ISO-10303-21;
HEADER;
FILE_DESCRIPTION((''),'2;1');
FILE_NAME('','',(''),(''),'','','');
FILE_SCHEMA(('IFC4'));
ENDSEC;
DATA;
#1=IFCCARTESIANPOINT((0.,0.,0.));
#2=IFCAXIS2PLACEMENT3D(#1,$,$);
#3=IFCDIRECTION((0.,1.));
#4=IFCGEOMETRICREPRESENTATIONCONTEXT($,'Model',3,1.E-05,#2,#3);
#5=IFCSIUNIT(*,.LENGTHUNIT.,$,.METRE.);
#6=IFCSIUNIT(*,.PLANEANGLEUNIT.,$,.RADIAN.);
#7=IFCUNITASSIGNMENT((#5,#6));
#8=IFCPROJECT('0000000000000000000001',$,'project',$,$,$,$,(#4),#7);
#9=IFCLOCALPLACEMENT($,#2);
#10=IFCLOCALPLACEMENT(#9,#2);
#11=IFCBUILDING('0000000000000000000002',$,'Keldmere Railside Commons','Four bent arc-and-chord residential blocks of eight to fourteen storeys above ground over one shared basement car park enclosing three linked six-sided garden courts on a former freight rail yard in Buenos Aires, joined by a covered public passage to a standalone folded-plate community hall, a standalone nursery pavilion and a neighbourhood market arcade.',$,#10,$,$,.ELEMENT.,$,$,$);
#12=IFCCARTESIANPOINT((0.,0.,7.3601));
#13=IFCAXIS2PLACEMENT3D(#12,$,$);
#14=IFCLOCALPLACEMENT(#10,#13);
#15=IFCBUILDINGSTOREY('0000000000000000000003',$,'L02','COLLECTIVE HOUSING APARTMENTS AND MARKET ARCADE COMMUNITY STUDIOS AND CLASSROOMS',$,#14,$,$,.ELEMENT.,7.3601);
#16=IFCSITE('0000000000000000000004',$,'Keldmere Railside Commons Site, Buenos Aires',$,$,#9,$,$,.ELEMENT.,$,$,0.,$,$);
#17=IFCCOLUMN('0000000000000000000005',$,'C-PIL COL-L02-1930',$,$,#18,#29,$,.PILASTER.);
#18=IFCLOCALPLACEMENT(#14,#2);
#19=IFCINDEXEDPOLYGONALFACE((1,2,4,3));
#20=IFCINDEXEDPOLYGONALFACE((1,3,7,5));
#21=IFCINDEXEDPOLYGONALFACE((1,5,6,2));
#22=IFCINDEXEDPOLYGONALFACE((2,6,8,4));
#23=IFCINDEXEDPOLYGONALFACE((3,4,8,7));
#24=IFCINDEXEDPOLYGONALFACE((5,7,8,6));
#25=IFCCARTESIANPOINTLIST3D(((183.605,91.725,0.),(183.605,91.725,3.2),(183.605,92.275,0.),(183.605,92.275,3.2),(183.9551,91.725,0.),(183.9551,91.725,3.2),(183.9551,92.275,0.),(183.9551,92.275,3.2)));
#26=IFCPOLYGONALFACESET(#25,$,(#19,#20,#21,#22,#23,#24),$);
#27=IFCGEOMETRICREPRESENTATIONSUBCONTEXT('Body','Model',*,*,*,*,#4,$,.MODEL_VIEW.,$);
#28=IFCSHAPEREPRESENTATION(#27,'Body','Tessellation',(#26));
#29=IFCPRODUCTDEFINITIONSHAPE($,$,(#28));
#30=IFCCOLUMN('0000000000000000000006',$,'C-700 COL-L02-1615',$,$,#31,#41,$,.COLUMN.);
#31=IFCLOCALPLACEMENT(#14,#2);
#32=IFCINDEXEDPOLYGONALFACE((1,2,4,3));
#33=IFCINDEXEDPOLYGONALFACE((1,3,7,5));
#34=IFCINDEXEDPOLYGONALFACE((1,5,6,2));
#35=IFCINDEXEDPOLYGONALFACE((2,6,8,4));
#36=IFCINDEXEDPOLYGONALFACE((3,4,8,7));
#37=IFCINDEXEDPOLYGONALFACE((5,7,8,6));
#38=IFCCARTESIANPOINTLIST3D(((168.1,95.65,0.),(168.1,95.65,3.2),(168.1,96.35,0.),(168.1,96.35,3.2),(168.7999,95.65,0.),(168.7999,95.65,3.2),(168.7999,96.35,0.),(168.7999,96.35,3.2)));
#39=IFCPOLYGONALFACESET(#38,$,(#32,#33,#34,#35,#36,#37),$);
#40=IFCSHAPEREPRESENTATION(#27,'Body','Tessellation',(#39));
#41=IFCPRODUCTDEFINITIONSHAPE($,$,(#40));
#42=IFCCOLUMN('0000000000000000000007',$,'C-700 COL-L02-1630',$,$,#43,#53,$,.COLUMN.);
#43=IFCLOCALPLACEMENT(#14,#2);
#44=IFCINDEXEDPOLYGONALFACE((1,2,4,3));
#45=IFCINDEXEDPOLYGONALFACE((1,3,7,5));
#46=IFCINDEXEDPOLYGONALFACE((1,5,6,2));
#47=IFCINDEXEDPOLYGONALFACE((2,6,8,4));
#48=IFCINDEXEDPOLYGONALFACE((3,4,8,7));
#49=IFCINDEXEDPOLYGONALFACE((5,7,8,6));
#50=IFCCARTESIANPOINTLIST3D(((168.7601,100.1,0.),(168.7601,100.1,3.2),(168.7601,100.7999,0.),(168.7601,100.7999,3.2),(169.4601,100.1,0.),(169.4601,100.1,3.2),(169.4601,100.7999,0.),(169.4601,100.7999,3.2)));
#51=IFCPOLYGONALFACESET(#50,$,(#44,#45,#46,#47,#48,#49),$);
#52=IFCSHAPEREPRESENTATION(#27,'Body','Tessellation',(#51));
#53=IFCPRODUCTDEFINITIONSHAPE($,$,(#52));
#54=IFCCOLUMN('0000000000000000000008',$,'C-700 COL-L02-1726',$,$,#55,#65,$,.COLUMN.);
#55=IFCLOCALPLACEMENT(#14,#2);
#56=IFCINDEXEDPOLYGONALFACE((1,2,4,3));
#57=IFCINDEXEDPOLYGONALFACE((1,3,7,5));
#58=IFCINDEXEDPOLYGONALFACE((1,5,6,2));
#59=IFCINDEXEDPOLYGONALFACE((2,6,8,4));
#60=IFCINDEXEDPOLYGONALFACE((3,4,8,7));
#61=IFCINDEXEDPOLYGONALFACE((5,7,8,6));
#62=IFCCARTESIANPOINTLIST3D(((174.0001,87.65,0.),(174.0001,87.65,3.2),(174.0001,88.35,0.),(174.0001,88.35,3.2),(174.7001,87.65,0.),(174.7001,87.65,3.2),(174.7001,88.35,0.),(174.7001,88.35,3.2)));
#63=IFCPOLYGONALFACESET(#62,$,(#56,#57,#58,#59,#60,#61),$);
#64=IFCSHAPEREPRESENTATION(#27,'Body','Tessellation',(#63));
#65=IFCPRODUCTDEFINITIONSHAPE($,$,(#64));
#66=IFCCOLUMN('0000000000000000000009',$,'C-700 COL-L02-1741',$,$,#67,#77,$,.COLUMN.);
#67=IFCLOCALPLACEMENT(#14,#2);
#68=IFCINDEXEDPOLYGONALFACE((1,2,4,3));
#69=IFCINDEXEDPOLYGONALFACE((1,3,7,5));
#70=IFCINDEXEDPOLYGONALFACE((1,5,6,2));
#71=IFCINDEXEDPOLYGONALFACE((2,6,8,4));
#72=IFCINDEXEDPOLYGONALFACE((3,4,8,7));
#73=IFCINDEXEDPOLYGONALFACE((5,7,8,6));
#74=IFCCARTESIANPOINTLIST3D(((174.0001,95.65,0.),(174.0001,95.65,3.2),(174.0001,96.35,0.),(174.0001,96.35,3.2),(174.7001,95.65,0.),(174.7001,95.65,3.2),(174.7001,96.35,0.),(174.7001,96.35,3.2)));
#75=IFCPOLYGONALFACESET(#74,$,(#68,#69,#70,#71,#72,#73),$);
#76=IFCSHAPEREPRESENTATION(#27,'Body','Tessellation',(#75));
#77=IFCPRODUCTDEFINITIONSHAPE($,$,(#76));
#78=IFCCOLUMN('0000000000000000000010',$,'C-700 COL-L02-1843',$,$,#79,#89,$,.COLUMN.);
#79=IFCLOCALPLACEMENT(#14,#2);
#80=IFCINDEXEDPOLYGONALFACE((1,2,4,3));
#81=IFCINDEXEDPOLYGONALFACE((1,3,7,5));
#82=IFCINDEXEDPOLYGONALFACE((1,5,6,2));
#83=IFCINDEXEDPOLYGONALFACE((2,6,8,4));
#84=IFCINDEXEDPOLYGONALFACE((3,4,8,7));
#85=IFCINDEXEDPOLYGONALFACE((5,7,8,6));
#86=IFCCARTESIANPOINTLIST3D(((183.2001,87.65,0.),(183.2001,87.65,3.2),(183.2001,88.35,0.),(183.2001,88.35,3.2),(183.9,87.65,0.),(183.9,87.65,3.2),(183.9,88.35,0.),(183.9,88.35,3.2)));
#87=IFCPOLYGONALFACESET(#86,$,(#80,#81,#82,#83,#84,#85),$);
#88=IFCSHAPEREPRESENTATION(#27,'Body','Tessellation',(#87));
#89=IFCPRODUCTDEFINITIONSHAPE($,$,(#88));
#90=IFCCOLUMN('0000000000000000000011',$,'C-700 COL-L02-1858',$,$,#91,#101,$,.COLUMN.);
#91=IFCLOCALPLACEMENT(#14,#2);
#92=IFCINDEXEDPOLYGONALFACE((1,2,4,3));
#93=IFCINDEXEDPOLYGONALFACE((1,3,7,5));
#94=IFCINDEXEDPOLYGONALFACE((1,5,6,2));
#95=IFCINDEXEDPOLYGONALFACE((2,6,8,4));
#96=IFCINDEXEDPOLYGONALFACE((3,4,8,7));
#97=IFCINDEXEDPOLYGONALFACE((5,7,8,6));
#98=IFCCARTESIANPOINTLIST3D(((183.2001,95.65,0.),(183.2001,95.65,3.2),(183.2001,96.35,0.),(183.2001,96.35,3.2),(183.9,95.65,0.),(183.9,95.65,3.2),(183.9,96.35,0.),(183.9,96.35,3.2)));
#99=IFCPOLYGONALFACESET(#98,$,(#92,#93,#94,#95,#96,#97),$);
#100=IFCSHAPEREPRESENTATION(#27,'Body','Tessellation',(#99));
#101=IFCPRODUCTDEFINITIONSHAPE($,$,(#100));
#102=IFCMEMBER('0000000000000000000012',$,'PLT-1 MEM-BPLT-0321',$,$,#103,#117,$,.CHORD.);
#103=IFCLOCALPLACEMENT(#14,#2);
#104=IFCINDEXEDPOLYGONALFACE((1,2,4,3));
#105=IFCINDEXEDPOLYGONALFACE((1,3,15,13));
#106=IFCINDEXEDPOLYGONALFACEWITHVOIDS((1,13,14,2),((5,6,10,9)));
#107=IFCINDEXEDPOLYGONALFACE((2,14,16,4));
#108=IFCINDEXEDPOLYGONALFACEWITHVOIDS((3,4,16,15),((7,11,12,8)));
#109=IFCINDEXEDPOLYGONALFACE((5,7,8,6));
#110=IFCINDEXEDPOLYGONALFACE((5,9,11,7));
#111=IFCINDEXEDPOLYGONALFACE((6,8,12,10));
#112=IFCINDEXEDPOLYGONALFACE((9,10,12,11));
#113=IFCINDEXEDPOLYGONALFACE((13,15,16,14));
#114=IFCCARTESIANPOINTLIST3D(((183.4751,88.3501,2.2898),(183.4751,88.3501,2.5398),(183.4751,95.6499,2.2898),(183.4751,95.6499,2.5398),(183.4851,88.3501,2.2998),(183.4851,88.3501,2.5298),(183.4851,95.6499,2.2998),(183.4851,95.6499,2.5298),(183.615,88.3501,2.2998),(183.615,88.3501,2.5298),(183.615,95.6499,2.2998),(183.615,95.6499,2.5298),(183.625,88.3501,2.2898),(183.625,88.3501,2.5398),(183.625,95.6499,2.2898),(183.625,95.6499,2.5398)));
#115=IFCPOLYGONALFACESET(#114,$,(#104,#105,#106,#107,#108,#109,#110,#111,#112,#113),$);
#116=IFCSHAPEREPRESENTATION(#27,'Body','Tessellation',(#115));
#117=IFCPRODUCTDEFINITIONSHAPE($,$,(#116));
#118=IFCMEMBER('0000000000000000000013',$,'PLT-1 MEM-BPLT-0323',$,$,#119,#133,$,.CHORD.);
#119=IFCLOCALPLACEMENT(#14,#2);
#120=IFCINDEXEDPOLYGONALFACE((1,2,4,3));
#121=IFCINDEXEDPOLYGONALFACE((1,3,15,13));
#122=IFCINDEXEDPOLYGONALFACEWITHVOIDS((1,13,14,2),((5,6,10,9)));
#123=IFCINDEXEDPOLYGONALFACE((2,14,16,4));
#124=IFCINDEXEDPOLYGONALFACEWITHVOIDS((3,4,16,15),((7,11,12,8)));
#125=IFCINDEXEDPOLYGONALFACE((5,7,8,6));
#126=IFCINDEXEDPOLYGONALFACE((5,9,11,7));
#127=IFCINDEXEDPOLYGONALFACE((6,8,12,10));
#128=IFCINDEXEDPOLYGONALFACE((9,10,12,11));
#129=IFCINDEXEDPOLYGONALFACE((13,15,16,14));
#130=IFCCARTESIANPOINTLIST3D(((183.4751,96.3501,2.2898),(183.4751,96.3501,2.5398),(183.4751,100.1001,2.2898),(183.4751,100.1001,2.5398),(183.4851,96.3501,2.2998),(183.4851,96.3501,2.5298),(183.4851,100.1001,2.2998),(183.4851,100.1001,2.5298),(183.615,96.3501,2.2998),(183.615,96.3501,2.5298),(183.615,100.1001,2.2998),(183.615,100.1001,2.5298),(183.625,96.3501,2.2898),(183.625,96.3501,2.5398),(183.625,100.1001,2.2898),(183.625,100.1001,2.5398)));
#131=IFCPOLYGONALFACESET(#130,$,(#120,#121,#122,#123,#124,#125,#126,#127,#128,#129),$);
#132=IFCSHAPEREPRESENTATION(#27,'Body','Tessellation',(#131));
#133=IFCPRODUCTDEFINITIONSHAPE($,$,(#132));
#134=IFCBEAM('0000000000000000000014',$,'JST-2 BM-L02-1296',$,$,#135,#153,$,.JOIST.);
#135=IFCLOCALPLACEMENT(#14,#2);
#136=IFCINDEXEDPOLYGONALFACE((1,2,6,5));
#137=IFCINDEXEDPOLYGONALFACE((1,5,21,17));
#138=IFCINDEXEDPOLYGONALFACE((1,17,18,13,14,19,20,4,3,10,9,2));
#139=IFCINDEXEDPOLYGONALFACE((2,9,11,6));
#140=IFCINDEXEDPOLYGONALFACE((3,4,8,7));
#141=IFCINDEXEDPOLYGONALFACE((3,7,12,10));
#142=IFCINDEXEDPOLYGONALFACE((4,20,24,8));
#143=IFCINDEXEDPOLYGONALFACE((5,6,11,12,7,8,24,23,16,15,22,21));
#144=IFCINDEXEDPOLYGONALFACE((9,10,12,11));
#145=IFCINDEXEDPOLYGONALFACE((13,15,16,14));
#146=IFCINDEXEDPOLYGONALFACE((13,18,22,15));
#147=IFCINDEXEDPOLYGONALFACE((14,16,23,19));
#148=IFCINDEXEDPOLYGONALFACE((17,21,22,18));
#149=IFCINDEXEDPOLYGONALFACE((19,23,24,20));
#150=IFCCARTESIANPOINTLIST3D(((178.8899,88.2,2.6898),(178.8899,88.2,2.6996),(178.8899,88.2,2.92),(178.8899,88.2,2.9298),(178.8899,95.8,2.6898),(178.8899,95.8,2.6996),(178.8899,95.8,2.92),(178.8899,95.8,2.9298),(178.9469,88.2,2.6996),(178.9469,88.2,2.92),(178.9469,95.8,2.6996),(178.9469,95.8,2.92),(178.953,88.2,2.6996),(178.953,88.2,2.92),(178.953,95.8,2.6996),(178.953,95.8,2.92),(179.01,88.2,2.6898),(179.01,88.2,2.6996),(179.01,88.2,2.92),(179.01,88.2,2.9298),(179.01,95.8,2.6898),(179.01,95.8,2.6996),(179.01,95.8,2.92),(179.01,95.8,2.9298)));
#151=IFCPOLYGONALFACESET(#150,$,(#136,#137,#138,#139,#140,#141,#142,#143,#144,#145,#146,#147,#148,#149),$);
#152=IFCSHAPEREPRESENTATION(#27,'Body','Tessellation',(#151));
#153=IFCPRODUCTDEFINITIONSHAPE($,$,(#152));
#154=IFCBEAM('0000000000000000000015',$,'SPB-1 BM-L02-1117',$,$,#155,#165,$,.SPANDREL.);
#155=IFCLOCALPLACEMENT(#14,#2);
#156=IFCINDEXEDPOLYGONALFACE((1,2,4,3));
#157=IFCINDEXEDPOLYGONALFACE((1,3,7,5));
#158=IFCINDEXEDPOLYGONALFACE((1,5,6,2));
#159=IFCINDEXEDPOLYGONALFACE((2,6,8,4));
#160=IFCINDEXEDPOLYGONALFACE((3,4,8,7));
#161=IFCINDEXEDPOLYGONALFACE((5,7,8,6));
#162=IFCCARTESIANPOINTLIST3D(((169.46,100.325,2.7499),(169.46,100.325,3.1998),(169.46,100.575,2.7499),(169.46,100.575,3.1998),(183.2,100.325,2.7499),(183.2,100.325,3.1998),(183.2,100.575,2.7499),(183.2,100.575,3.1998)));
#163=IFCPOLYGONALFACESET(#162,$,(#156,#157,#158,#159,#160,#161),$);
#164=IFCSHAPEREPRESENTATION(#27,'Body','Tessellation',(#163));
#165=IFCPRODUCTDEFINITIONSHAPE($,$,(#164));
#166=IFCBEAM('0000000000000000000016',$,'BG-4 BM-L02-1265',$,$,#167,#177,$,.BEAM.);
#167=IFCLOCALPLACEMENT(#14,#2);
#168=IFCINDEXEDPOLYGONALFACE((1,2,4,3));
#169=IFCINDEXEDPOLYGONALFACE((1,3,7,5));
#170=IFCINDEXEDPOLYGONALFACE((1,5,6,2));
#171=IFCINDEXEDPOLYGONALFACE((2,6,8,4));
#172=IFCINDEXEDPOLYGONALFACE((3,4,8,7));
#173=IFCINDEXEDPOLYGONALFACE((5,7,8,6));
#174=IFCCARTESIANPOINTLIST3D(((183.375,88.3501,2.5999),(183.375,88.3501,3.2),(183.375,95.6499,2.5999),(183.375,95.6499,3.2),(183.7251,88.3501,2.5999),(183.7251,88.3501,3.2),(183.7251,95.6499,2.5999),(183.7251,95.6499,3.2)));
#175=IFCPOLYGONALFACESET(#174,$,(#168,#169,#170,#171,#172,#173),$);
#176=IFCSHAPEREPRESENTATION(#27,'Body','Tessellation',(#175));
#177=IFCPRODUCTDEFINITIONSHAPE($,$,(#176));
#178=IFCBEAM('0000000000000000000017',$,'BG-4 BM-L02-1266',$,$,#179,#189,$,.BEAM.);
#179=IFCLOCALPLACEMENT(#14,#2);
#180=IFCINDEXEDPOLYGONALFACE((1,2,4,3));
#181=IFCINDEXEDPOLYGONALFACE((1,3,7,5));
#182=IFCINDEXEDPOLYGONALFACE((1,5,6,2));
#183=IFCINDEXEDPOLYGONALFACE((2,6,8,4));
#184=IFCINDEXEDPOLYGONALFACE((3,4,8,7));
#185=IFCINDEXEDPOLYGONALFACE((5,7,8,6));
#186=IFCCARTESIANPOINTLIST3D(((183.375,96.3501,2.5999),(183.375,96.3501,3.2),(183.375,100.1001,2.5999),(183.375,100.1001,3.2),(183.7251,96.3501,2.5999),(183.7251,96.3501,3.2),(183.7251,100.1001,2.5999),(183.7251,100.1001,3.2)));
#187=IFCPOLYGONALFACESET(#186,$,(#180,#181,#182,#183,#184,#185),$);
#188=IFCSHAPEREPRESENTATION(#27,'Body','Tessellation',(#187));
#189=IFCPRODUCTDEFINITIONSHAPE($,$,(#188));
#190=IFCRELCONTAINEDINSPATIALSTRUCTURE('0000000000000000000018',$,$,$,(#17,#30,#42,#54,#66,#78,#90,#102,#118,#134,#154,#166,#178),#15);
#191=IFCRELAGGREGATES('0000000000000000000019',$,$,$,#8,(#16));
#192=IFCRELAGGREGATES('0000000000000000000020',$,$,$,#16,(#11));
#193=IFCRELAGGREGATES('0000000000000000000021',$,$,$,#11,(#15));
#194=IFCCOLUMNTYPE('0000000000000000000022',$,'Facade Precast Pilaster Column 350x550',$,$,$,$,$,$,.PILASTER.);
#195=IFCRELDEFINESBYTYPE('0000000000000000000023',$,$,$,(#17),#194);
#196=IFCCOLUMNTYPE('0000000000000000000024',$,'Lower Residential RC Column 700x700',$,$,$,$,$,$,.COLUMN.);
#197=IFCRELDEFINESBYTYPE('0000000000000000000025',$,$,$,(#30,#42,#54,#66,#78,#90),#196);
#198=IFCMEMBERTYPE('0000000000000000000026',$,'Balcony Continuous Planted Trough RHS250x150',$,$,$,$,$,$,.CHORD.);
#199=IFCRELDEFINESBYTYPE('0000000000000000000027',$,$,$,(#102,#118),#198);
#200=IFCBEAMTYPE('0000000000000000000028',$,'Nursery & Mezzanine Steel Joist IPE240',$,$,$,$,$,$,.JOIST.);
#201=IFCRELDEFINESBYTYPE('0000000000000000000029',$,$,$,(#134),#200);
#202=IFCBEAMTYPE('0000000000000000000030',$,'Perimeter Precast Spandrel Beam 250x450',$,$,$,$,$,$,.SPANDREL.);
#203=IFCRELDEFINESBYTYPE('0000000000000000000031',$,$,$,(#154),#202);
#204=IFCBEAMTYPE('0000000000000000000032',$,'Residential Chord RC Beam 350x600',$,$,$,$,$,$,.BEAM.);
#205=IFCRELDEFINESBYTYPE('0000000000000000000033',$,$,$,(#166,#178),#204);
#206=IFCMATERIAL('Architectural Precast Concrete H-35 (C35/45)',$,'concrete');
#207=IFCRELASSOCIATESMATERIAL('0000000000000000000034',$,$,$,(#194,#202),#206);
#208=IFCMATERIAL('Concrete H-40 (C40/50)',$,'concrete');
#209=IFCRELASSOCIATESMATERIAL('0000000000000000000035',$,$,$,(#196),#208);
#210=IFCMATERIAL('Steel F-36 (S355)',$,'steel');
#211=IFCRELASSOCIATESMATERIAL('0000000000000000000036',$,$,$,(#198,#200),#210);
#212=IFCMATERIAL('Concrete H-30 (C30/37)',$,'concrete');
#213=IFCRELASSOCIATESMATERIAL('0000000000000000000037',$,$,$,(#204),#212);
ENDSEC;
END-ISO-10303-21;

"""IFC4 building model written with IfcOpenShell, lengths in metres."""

from ifc_helpers import new_model, si_unit, direction, frame, origin, origin_2d, place, context, subcontext, project, spatial, rectangle, hollow_rectangle, i_section, extrude, material, material_profile, profile_set, type_object, element, save


model = new_model("IFC4")

# Units and contexts
model_context = context("Model", 3, precision=1e-05, world=origin(), true_north=direction((0.0, 1.0)))
body_context = subcontext(model_context, "Body", "Model", "MODEL_VIEW")
ifc_project = project(units=[si_unit("LENGTHUNIT", "METRE"), si_unit("PLANEANGLEUNIT", "RADIAN")], contexts=[model_context])

# Site, building, storey
site_placement = place(None, origin())
site = spatial("IfcSite", under=ifc_project, at=site_placement, Name="Keldmere Railside Commons Site, Buenos Aires", CompositionType="ELEMENT", RefElevation=0.0)
building_placement = place(site_placement, origin())
building = spatial("IfcBuilding", under=site, at=building_placement, Name="Keldmere Railside Commons", Description="Four bent arc-and-chord residential blocks of eight to fourteen storeys above ground over one shared basement car park enclosing three linked six-sided garden courts on a former freight rail yard in Buenos Aires, joined by a covered public passage to a standalone folded-plate community hall, a standalone nursery pavilion and a neighbourhood market arcade.", CompositionType="ELEMENT")
storey_placement = place(building_placement, frame((0.0, 0.0, 7.3601)))
storey = spatial("IfcBuildingStorey", under=building, at=storey_placement, Name="L02", Description="COLLECTIVE HOUSING APARTMENTS AND MARKET ARCADE COMMUNITY STUDIOS AND CLASSROOMS", CompositionType="ELEMENT", Elevation=7.3601)

# Columns
ifc_material_1 = material(Name="Architectural Precast Concrete H-35 (C35/45)", Category="concrete")
ifc_material_profile_1 = material_profile(ifc_material_1, rectangle(XDim=0.3501, YDim=0.55, at=origin_2d()), Name="RC-350x550")
ifc_profile_set_1 = profile_set([ifc_material_profile_1], Name="Architectural Precast Concrete H-35 (C35/45)")
column_type_1 = type_object("IfcColumnType", Name="Facade Precast Pilaster Column 350x550", PredefinedType="PILASTER", material=ifc_profile_set_1)
column_placement = place(storey_placement, frame((183.78, 92.0, 0.0), z_axis=(0.0, 0.0, 1.0), x_axis=(1.0, 0.0, 0.0)))
element("IfcColumn", 1, at=column_placement, inside=storey, type_object=column_type_1, Name="C-PIL COL-L02-1930", PredefinedType="PILASTER", context=body_context, shape_type="SweptSolid", body=[
    extrude(rectangle(XDim=0.3501, YDim=0.55, at=origin_2d()), origin(), (0.0, 0.0, 1.0), 3.2),
])
ifc_material_2 = material(Name="Concrete H-40 (C40/50)", Category="concrete")
ifc_material_profile_2 = material_profile(ifc_material_2, rectangle(XDim=0.7, YDim=0.7, at=origin_2d()), Name="RC-700x700")
ifc_profile_set_2 = profile_set([ifc_material_profile_2], Name="Concrete H-40 (C40/50)")
column_type_2 = type_object("IfcColumnType", Name="Lower Residential RC Column 700x700", PredefinedType="COLUMN", material=ifc_profile_set_2)
for number, where, z_axis, x_axis, name in (
    (2, (168.45, 96.0, 0.0), (0.0, 0.0, 1.0), (1.0, 0.0, 0.0), "C-700 COL-L02-1615"),
    (3, (169.1101, 100.45, 0.0), (0.0, 0.0, 1.0), (1.0, 0.0, 0.0), "C-700 COL-L02-1630"),
    (4, (174.3501, 88.0, 0.0), (0.0, 0.0, 1.0), (1.0, 0.0, 0.0), "C-700 COL-L02-1726"),
    (5, (174.3501, 96.0, 0.0), (0.0, 0.0, 1.0), (1.0, 0.0, 0.0), "C-700 COL-L02-1741"),
    (6, (183.55, 88.0, 0.0), (0.0, 0.0, 1.0), (1.0, 0.0, 0.0), "C-700 COL-L02-1843"),
    (7, (183.55, 96.0, 0.0), (0.0, 0.0, 1.0), (1.0, 0.0, 0.0), "C-700 COL-L02-1858"),
):
    element("IfcColumn", number, at=place(storey_placement, frame(where, z_axis=z_axis, x_axis=x_axis)), inside=storey, type_object=column_type_2, Name=name, PredefinedType="COLUMN", context=body_context, shape_type="SweptSolid", body=[
        extrude(rectangle(XDim=0.7, YDim=0.7, at=origin_2d()), origin(), (0.0, 0.0, 1.0), 3.2),
    ])

# Members
ifc_material_3 = material(Name="Steel F-36 (S355)", Category="steel")
ifc_material_profile_3 = material_profile(ifc_material_3, hollow_rectangle(XDim=0.1499, YDim=0.25, WallThickness=0.01, at=origin_2d()), Name="RHS-250x150x10")
ifc_profile_set_3 = profile_set([ifc_material_profile_3], Name="Steel F-36 (S355)")
member_type_1 = type_object("IfcMemberType", Name="Balcony Continuous Planted Trough RHS250x150", PredefinedType="CHORD", material=ifc_profile_set_3)
member_1_placement = place(storey_placement, frame((183.55, 88.3501, 2.4148), z_axis=(0.0, 1.0, 0.0), x_axis=(-1.0, 0.0, 0.0)))
element("IfcMember", 8, at=member_1_placement, inside=storey, type_object=member_type_1, Name="PLT-1 MEM-BPLT-0321", PredefinedType="CHORD", context=body_context, shape_type="SweptSolid", body=[
    extrude(hollow_rectangle(XDim=0.1499, YDim=0.25, WallThickness=0.01, at=origin_2d()), origin(), (0.0, 0.0, 1.0), 7.2998),
])
member_2_placement = place(storey_placement, frame((183.55, 96.3501, 2.4148), z_axis=(0.0, 1.0, 0.0), x_axis=(-1.0, 0.0, 0.0)))
element("IfcMember", 9, at=member_2_placement, inside=storey, type_object=member_type_1, Name="PLT-1 MEM-BPLT-0323", PredefinedType="CHORD", context=body_context, shape_type="SweptSolid", body=[
    extrude(hollow_rectangle(XDim=0.1499, YDim=0.25, WallThickness=0.01, at=origin_2d()), origin(), (0.0, 0.0, 1.0), 3.75),
])

# Beams
ifc_material_profile_4 = material_profile(ifc_material_3, i_section(OverallWidth=0.1201, OverallDepth=0.24, WebThickness=0.0061, FlangeThickness=0.0098, at=origin_2d()), Name="IPE-240")
ifc_profile_set_4 = profile_set([ifc_material_profile_4], Name="Steel F-36 (S355)")
beam_type_1 = type_object("IfcBeamType", Name="Nursery & Mezzanine Steel Joist IPE240", PredefinedType="JOIST", material=ifc_profile_set_4)
beam_1_placement = place(storey_placement, frame((178.95, 88.2, 2.8098), z_axis=(0.0, 1.0, 0.0), x_axis=(-1.0, 0.0, 0.0)))
element("IfcBeam", 10, at=beam_1_placement, inside=storey, type_object=beam_type_1, Name="JST-2 BM-L02-1296", PredefinedType="JOIST", context=body_context, shape_type="SweptSolid", body=[
    extrude(i_section(OverallWidth=0.1201, OverallDepth=0.24, WebThickness=0.0061, FlangeThickness=0.0098, at=origin_2d()), origin(), (0.0, 0.0, 1.0), 7.6001),
])
ifc_material_profile_5 = material_profile(ifc_material_1, rectangle(XDim=0.25, YDim=0.45, at=origin_2d()), Name="RC-250x450")
ifc_profile_set_5 = profile_set([ifc_material_profile_5], Name="Architectural Precast Concrete H-35 (C35/45)")
beam_type_2 = type_object("IfcBeamType", Name="Perimeter Precast Spandrel Beam 250x450", PredefinedType="SPANDREL", material=ifc_profile_set_5)
beam_2_placement = place(storey_placement, frame((169.46, 100.45, 2.9749), z_axis=(1.0, 0.0, 0.0), x_axis=(0.0, 1.0, 0.0)))
element("IfcBeam", 11, at=beam_2_placement, inside=storey, type_object=beam_type_2, Name="SPB-1 BM-L02-1117", PredefinedType="SPANDREL", context=body_context, shape_type="SweptSolid", body=[
    extrude(rectangle(XDim=0.25, YDim=0.45, at=origin_2d()), origin(), (0.0, 0.0, 1.0), 13.74),
])
ifc_material_4 = material(Name="Concrete H-30 (C30/37)", Category="concrete")
ifc_material_profile_6 = material_profile(ifc_material_4, rectangle(XDim=0.3501, YDim=0.6001, at=origin_2d()), Name="RC-350x600")
ifc_profile_set_6 = profile_set([ifc_material_profile_6], Name="Concrete H-30 (C30/37)")
beam_type_3 = type_object("IfcBeamType", Name="Residential Chord RC Beam 350x600", PredefinedType="BEAM", material=ifc_profile_set_6)
beam_3_placement = place(storey_placement, frame((183.55, 88.3501, 2.8999), z_axis=(0.0, 1.0, 0.0), x_axis=(-1.0, 0.0, 0.0)))
element("IfcBeam", 12, at=beam_3_placement, inside=storey, type_object=beam_type_3, Name="BG-4 BM-L02-1265", PredefinedType="BEAM", context=body_context, shape_type="SweptSolid", body=[
    extrude(rectangle(XDim=0.3501, YDim=0.6001, at=origin_2d()), origin(), (0.0, 0.0, 1.0), 7.2998),
])
beam_4_placement = place(storey_placement, frame((183.55, 96.3501, 2.8999), z_axis=(0.0, 1.0, 0.0), x_axis=(-1.0, 0.0, 0.0)))
element("IfcBeam", 13, at=beam_4_placement, inside=storey, type_object=beam_type_3, Name="BG-4 BM-L02-1266", PredefinedType="BEAM", context=body_context, shape_type="SweptSolid", body=[
    extrude(rectangle(XDim=0.3501, YDim=0.6001, at=origin_2d()), origin(), (0.0, 0.0, 1.0), 3.75),
])

save(model, "model.ifc")
